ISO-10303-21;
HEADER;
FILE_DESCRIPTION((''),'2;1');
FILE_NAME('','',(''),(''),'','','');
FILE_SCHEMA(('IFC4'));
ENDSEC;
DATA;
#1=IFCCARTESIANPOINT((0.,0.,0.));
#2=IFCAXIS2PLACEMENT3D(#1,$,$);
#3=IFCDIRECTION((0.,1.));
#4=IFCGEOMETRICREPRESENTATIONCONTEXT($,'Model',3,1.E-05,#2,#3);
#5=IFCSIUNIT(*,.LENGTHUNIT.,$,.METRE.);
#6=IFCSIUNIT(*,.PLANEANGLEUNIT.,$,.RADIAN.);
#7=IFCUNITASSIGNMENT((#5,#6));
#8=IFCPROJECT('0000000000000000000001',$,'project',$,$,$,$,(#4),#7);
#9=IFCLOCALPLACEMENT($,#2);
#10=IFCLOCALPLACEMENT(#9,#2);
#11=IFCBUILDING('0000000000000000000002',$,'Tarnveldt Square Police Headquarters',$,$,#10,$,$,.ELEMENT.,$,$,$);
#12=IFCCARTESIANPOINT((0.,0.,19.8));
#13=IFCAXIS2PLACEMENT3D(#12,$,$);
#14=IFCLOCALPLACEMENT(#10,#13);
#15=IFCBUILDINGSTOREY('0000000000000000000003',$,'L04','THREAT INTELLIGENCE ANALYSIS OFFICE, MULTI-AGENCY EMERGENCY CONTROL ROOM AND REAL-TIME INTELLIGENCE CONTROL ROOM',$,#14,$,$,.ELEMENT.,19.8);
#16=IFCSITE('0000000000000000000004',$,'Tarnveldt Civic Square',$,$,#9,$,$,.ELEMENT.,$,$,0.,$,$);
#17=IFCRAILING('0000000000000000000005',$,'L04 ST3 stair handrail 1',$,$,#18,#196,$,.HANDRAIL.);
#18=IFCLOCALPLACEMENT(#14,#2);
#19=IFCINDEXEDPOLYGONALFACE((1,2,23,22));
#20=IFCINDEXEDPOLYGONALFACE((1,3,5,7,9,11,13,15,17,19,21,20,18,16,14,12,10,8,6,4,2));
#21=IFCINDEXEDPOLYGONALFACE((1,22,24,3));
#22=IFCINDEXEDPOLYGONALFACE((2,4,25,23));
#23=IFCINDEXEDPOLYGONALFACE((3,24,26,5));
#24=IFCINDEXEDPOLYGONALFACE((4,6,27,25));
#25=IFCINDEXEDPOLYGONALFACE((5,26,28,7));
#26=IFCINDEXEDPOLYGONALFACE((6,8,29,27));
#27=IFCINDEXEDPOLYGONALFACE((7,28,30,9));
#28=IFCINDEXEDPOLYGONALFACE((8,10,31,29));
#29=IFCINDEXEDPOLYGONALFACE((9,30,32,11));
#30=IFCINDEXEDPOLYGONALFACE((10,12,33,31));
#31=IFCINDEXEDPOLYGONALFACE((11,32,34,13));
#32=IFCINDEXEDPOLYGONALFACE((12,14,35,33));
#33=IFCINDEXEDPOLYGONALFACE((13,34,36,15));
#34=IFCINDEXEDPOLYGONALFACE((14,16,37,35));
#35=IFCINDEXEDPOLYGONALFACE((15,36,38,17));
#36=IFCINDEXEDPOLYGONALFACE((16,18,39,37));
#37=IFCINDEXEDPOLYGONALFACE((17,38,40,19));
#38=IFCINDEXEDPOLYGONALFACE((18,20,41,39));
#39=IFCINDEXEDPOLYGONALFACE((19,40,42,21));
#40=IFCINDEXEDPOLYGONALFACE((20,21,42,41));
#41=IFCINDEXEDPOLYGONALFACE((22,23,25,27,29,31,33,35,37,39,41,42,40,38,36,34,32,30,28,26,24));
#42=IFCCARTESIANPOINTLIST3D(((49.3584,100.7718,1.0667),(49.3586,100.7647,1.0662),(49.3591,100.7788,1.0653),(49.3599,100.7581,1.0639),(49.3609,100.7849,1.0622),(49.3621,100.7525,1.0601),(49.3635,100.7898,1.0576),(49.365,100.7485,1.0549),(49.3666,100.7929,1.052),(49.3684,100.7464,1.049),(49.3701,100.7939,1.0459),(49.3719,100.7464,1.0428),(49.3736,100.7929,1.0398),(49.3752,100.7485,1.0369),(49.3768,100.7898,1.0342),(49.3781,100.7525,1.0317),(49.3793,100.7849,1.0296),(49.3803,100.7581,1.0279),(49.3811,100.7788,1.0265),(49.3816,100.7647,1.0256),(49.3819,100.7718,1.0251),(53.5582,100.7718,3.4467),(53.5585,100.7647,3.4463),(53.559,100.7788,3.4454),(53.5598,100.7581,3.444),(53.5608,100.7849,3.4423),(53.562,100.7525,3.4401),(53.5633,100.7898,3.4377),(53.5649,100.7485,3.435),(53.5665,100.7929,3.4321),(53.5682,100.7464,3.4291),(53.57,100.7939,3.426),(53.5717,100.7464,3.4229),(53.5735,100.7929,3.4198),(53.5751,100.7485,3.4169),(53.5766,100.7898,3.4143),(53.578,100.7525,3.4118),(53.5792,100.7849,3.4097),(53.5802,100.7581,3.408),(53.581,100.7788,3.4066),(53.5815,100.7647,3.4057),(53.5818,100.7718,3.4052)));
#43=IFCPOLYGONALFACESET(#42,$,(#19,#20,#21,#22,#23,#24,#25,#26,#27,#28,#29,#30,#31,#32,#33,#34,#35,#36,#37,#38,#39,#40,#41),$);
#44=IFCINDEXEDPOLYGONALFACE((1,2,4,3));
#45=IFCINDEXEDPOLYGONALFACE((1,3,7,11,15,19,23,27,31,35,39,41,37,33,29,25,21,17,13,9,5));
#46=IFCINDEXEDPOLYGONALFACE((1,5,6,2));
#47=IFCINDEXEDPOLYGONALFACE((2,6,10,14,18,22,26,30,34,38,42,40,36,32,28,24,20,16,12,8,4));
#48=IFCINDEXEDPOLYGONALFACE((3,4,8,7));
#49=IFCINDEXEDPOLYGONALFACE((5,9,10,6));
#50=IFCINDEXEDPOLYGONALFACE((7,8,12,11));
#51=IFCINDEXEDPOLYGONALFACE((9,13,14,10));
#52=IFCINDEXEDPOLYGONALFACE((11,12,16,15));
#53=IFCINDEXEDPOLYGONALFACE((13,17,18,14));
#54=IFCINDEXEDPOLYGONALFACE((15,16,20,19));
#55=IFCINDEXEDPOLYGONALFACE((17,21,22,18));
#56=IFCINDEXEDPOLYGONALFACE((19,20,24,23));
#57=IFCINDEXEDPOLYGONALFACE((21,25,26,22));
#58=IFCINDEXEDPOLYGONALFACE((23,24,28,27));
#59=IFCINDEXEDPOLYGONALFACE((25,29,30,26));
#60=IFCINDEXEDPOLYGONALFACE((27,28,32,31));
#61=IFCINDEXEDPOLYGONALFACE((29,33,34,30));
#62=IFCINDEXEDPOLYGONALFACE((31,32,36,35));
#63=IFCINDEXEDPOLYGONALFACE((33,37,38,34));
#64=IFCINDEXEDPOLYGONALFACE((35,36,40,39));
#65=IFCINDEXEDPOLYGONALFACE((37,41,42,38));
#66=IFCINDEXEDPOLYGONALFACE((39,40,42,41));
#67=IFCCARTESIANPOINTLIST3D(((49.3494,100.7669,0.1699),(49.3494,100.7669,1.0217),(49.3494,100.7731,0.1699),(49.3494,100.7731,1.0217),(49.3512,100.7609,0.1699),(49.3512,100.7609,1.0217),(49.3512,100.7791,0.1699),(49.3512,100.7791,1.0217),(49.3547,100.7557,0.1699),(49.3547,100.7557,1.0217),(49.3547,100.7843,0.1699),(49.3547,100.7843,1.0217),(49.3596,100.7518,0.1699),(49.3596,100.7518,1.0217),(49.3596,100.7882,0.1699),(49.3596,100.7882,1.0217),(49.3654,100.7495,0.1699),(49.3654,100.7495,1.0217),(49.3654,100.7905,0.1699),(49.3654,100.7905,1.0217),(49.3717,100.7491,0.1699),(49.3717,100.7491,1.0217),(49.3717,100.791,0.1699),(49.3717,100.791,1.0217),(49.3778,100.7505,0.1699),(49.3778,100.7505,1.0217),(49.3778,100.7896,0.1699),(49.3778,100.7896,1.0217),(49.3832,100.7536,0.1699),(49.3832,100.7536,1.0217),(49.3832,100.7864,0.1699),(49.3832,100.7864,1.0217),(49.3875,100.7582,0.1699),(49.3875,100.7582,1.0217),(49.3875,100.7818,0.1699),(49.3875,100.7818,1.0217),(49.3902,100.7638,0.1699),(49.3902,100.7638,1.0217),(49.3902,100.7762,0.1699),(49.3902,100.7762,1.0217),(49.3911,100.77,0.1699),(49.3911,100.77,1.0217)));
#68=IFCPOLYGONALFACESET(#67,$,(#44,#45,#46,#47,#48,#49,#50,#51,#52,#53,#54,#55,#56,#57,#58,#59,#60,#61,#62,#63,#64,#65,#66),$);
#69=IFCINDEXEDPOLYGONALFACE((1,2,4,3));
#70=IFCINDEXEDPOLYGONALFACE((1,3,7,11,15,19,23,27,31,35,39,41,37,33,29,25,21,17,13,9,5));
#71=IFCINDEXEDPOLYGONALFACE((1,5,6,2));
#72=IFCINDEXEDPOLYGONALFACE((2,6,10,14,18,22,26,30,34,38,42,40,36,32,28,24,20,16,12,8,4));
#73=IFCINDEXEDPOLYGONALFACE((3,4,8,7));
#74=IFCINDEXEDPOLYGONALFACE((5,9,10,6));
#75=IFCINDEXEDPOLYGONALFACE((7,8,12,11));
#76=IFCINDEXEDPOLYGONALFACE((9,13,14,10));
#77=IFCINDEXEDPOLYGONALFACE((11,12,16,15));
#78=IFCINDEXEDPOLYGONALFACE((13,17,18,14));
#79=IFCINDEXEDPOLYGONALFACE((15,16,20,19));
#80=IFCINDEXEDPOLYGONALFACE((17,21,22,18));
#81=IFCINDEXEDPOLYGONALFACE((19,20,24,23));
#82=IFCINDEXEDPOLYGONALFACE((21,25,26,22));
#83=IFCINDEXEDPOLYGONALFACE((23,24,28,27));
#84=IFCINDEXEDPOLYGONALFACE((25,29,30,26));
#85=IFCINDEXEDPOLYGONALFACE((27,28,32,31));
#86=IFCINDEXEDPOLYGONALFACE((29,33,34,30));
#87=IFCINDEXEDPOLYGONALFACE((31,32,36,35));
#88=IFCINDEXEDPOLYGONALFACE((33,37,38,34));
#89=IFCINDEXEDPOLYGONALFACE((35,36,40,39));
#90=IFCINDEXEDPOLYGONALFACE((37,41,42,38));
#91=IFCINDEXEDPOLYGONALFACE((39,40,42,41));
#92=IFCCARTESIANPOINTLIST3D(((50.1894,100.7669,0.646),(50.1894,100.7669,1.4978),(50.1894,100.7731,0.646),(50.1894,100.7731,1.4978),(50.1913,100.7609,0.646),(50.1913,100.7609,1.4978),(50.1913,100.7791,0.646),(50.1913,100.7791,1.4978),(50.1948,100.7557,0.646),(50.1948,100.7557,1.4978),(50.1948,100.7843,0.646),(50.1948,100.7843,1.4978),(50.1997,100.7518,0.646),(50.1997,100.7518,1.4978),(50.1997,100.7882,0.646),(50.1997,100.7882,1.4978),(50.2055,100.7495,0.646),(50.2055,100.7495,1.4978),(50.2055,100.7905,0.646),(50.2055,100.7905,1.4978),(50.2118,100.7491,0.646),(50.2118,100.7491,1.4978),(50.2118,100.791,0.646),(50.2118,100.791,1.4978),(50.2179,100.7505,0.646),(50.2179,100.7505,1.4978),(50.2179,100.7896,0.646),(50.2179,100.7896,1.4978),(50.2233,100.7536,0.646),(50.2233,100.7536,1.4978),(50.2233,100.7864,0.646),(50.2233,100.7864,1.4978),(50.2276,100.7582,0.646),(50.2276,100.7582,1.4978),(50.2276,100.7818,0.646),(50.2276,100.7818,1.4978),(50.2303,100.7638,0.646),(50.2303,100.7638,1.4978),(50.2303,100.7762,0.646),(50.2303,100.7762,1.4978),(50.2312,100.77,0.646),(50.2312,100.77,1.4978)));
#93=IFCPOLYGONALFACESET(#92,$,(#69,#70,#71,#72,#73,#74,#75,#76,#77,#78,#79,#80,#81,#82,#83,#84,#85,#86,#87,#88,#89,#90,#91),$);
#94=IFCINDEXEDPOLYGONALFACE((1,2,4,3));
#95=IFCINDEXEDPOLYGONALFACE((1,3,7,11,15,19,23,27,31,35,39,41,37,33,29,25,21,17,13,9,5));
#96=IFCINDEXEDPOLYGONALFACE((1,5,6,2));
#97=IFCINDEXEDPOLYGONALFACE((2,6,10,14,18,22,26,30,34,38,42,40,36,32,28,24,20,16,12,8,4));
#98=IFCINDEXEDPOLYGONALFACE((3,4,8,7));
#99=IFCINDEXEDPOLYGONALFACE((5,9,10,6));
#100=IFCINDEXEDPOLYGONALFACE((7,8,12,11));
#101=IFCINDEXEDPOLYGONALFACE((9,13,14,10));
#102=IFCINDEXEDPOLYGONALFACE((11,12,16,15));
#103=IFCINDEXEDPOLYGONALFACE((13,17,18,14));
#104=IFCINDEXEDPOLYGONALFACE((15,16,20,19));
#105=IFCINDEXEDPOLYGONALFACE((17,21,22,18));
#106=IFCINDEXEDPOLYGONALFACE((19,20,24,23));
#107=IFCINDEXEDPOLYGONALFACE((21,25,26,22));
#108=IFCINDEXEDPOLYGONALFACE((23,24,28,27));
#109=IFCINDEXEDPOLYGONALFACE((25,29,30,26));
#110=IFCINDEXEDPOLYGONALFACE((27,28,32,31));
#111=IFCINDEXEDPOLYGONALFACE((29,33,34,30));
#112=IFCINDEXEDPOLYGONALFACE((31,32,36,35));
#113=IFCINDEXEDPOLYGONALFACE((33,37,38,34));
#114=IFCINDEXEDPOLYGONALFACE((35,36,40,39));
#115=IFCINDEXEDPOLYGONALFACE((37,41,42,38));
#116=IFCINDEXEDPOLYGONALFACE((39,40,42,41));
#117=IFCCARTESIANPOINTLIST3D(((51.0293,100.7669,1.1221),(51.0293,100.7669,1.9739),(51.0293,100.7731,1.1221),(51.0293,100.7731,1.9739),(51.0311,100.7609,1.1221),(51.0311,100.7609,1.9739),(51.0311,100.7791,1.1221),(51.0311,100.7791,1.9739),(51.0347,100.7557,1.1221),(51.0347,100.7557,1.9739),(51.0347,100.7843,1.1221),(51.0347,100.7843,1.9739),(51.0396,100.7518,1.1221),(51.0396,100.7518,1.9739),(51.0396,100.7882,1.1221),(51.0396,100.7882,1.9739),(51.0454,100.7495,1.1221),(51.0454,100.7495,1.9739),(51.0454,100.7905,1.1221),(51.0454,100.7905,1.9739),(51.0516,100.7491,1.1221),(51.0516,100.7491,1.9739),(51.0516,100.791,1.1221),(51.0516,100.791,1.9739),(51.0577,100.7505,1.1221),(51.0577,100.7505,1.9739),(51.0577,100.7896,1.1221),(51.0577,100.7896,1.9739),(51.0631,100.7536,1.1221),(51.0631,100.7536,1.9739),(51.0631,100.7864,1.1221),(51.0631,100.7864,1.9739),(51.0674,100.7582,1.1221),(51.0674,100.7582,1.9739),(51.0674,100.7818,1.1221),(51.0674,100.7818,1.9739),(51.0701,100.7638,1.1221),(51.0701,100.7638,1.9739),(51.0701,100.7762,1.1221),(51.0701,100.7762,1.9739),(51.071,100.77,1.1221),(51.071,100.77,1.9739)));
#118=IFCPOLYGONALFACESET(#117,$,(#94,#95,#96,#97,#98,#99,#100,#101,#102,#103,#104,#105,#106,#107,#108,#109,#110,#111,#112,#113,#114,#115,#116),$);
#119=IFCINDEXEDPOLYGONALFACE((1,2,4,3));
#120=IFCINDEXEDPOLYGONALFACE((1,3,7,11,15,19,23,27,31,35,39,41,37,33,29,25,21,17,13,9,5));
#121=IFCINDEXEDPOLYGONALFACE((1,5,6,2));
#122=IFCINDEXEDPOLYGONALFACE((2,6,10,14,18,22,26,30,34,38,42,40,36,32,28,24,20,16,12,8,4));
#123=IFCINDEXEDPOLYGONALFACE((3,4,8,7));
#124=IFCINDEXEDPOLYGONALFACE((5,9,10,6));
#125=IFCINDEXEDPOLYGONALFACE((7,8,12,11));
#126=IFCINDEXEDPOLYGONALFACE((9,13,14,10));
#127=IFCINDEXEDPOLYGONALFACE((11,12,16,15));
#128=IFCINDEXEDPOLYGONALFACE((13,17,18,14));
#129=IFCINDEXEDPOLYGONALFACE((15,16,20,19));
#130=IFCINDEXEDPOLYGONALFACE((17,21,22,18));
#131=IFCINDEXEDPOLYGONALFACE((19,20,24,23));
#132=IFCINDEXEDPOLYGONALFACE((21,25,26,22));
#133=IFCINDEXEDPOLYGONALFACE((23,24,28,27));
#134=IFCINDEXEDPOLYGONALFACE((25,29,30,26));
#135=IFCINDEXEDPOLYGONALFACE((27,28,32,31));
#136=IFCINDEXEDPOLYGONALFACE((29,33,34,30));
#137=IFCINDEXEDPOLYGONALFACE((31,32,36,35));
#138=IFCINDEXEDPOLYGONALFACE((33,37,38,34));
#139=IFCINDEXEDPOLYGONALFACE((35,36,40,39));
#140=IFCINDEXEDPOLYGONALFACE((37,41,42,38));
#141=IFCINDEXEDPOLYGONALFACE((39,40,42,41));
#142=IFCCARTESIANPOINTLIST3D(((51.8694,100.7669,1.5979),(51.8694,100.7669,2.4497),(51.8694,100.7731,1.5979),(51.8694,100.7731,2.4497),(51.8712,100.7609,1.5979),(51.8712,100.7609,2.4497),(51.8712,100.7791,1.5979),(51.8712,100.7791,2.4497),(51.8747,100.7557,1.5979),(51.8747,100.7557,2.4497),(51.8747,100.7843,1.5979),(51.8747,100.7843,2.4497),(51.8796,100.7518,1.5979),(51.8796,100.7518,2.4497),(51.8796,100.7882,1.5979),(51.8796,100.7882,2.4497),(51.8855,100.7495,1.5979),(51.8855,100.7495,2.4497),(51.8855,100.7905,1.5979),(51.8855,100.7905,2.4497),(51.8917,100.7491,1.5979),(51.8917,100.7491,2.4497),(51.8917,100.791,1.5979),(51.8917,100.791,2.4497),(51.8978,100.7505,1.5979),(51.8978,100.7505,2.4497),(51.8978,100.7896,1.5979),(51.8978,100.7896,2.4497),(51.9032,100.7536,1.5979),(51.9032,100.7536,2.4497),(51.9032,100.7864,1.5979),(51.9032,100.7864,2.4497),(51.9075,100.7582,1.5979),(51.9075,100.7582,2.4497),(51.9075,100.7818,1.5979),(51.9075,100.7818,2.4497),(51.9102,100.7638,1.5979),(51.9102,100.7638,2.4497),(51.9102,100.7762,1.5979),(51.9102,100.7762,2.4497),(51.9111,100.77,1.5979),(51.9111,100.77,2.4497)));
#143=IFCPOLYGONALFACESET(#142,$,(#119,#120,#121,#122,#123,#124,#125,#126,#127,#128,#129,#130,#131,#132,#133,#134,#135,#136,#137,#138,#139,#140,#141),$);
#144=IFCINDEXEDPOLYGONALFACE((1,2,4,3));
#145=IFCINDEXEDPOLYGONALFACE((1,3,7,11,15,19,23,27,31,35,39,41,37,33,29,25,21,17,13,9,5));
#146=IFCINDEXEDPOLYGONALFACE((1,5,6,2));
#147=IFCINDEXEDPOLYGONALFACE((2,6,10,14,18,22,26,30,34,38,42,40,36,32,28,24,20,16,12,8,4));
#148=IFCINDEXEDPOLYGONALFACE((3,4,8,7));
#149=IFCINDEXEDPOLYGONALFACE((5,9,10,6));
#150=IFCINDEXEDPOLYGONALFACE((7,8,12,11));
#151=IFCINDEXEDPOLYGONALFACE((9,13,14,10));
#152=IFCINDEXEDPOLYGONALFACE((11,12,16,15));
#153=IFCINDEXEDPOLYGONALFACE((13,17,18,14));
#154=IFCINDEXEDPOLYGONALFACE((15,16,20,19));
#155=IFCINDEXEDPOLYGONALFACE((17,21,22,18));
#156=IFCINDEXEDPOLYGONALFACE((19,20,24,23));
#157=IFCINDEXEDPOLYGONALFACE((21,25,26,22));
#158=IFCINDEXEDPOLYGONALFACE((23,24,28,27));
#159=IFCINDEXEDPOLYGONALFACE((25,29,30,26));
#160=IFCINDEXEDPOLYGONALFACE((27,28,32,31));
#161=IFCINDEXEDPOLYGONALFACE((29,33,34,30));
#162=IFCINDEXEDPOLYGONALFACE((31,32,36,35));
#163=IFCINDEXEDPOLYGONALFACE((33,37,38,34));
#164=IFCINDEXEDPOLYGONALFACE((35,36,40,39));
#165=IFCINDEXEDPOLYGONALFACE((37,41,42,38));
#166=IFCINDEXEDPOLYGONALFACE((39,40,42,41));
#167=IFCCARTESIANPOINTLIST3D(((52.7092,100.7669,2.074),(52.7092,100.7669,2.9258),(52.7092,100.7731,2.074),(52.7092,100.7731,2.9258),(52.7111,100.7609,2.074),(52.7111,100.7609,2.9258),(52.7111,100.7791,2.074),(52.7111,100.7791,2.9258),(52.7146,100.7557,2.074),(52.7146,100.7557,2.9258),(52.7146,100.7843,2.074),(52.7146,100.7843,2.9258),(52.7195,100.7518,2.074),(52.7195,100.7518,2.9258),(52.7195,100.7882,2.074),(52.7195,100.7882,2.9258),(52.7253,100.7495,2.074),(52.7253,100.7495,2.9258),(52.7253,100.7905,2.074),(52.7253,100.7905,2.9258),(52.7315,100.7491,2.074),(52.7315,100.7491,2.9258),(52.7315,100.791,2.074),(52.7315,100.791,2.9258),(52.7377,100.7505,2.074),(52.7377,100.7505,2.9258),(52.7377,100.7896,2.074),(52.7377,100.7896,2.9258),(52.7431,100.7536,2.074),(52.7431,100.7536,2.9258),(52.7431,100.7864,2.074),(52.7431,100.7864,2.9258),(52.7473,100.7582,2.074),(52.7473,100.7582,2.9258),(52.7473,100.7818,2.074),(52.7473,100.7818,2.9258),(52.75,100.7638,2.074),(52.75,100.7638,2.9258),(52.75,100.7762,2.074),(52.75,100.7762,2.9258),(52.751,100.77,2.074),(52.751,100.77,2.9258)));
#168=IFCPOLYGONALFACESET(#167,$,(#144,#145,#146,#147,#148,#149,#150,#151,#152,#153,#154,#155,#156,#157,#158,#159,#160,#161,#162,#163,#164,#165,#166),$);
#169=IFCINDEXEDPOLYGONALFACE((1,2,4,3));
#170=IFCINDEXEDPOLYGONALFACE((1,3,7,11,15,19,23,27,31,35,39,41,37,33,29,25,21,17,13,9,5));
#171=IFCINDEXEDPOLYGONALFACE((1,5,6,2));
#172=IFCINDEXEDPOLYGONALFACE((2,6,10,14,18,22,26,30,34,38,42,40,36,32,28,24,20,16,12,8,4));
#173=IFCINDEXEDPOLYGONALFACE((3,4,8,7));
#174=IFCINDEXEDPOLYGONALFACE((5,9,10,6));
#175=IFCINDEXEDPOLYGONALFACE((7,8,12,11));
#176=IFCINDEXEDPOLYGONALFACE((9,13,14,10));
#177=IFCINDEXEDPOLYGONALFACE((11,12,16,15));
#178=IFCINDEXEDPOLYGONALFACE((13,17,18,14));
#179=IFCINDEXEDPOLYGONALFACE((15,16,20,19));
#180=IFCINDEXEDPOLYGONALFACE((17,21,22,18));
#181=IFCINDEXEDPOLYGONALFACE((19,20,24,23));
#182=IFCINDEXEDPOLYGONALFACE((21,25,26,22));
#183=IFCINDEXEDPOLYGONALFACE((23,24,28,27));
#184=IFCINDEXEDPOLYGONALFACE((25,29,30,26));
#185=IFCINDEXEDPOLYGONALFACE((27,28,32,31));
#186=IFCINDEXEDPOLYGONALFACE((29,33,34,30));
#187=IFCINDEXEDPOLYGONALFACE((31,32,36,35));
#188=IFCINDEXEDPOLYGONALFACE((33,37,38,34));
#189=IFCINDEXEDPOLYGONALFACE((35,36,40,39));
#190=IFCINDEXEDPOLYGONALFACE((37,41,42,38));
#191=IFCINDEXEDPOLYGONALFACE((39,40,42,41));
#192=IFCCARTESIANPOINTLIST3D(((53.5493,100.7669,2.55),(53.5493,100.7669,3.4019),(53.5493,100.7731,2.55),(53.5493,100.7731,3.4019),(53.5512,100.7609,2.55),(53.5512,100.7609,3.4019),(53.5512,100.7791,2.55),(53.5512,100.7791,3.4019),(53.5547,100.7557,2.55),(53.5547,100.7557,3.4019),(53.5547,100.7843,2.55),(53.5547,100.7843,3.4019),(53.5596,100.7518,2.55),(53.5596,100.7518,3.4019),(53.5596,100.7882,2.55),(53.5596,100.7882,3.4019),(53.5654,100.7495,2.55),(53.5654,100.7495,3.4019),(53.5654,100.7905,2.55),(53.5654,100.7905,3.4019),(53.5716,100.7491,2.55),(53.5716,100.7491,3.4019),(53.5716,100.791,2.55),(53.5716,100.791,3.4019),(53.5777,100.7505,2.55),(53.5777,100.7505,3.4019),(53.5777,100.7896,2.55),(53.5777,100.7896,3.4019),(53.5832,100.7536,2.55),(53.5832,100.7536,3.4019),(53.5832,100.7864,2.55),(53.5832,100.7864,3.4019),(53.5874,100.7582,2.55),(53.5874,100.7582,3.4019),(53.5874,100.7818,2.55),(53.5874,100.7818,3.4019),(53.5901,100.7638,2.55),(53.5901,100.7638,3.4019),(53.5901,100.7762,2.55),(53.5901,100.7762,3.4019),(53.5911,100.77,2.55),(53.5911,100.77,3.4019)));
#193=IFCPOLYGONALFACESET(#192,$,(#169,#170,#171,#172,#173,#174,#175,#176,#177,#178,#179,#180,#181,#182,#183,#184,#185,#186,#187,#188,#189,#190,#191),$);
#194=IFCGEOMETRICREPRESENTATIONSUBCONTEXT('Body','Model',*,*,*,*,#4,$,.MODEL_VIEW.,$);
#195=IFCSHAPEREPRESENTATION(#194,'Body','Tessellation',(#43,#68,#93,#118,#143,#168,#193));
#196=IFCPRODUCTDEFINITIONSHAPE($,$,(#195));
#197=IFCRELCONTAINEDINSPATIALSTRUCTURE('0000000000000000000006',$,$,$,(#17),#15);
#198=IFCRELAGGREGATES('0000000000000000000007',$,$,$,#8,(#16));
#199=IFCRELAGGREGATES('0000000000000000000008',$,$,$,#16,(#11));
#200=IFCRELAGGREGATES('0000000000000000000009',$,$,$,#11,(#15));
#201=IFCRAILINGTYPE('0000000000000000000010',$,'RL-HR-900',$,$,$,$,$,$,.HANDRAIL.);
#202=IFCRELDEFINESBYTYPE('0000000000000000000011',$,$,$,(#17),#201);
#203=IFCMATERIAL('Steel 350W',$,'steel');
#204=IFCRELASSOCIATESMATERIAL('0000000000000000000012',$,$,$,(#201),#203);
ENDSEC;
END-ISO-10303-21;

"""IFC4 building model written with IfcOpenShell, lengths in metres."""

from ifc_helpers import new_model, si_unit, direction, frame, origin, origin_2d, place, context, subcontext, project, spatial, circle, extrude, material, type_object, element, save


model = new_model("IFC4")

# Units and contexts
model_context = context("Model", 3, precision=1e-05, world=origin(), true_north=direction((0.0, 1.0)))
body_context = subcontext(model_context, "Body", "Model", "MODEL_VIEW")
ifc_project = project(units=[si_unit("LENGTHUNIT", "METRE"), si_unit("PLANEANGLEUNIT", "RADIAN")], contexts=[model_context])

# Site, building, storey
site_placement = place(None, origin())
site = spatial("IfcSite", under=ifc_project, at=site_placement, Name="Tarnveldt Civic Square", CompositionType="ELEMENT", RefElevation=0.0)
building_placement = place(site_placement, origin())
building = spatial("IfcBuilding", under=site, at=building_placement, Name="Tarnveldt Square Police Headquarters", CompositionType="ELEMENT")
storey_placement = place(building_placement, frame((0.0, 0.0, 19.8)))
storey = spatial("IfcBuildingStorey", under=building, at=storey_placement, Name="L04", Description="THREAT INTELLIGENCE ANALYSIS OFFICE, MULTI-AGENCY EMERGENCY CONTROL ROOM AND REAL-TIME INTELLIGENCE CONTROL ROOM", CompositionType="ELEMENT", Elevation=19.8)

# Shared definitions
ifc_material_1 = material(Name="Steel 350W", Category="steel")

# Railing
railing_type_1 = type_object("IfcRailingType", Name="RL-HR-900", PredefinedType="HANDRAIL", material=ifc_material_1)
railing_1_placement = place(storey_placement, frame((49.3701, 100.77, 0.1699)))
element("IfcRailing", 1, at=railing_1_placement, inside=storey, type_object=railing_type_1, Name="L04 ST3 stair handrail 1", PredefinedType="HANDRAIL", context=body_context, shape_type="SweptSolid", body=[
    extrude(circle(Radius=0.0239, at=origin_2d()), frame((0.0, 0.0, 0.876), z_axis=(0.870008, 0.0, 0.493037), x_axis=(0.0, 1.0, 0.0)), (0.0, 0.0, 1.0), 4.8274),
    extrude(circle(Radius=0.021, at=origin_2d()), origin(), (0.0, 0.0, 1.0), 0.8518),
    extrude(circle(Radius=0.021, at=origin_2d()), frame((0.8401, 0.0, 0.4761)), (0.0, 0.0, 1.0), 0.8518),
    extrude(circle(Radius=0.021, at=origin_2d()), frame((1.6799, 0.0, 0.9521)), (0.0, 0.0, 1.0), 0.8518),
    extrude(circle(Radius=0.021, at=origin_2d()), frame((2.52, 0.0, 1.428)), (0.0, 0.0, 1.0), 0.8518),
    extrude(circle(Radius=0.021, at=origin_2d()), frame((3.3599, 0.0, 1.9041)), (0.0, 0.0, 1.0), 0.8518),
    extrude(circle(Radius=0.021, at=origin_2d()), frame((4.2, 0.0, 2.3801)), (0.0, 0.0, 1.0), 0.8518),
])

save(model, "model.ifc")
